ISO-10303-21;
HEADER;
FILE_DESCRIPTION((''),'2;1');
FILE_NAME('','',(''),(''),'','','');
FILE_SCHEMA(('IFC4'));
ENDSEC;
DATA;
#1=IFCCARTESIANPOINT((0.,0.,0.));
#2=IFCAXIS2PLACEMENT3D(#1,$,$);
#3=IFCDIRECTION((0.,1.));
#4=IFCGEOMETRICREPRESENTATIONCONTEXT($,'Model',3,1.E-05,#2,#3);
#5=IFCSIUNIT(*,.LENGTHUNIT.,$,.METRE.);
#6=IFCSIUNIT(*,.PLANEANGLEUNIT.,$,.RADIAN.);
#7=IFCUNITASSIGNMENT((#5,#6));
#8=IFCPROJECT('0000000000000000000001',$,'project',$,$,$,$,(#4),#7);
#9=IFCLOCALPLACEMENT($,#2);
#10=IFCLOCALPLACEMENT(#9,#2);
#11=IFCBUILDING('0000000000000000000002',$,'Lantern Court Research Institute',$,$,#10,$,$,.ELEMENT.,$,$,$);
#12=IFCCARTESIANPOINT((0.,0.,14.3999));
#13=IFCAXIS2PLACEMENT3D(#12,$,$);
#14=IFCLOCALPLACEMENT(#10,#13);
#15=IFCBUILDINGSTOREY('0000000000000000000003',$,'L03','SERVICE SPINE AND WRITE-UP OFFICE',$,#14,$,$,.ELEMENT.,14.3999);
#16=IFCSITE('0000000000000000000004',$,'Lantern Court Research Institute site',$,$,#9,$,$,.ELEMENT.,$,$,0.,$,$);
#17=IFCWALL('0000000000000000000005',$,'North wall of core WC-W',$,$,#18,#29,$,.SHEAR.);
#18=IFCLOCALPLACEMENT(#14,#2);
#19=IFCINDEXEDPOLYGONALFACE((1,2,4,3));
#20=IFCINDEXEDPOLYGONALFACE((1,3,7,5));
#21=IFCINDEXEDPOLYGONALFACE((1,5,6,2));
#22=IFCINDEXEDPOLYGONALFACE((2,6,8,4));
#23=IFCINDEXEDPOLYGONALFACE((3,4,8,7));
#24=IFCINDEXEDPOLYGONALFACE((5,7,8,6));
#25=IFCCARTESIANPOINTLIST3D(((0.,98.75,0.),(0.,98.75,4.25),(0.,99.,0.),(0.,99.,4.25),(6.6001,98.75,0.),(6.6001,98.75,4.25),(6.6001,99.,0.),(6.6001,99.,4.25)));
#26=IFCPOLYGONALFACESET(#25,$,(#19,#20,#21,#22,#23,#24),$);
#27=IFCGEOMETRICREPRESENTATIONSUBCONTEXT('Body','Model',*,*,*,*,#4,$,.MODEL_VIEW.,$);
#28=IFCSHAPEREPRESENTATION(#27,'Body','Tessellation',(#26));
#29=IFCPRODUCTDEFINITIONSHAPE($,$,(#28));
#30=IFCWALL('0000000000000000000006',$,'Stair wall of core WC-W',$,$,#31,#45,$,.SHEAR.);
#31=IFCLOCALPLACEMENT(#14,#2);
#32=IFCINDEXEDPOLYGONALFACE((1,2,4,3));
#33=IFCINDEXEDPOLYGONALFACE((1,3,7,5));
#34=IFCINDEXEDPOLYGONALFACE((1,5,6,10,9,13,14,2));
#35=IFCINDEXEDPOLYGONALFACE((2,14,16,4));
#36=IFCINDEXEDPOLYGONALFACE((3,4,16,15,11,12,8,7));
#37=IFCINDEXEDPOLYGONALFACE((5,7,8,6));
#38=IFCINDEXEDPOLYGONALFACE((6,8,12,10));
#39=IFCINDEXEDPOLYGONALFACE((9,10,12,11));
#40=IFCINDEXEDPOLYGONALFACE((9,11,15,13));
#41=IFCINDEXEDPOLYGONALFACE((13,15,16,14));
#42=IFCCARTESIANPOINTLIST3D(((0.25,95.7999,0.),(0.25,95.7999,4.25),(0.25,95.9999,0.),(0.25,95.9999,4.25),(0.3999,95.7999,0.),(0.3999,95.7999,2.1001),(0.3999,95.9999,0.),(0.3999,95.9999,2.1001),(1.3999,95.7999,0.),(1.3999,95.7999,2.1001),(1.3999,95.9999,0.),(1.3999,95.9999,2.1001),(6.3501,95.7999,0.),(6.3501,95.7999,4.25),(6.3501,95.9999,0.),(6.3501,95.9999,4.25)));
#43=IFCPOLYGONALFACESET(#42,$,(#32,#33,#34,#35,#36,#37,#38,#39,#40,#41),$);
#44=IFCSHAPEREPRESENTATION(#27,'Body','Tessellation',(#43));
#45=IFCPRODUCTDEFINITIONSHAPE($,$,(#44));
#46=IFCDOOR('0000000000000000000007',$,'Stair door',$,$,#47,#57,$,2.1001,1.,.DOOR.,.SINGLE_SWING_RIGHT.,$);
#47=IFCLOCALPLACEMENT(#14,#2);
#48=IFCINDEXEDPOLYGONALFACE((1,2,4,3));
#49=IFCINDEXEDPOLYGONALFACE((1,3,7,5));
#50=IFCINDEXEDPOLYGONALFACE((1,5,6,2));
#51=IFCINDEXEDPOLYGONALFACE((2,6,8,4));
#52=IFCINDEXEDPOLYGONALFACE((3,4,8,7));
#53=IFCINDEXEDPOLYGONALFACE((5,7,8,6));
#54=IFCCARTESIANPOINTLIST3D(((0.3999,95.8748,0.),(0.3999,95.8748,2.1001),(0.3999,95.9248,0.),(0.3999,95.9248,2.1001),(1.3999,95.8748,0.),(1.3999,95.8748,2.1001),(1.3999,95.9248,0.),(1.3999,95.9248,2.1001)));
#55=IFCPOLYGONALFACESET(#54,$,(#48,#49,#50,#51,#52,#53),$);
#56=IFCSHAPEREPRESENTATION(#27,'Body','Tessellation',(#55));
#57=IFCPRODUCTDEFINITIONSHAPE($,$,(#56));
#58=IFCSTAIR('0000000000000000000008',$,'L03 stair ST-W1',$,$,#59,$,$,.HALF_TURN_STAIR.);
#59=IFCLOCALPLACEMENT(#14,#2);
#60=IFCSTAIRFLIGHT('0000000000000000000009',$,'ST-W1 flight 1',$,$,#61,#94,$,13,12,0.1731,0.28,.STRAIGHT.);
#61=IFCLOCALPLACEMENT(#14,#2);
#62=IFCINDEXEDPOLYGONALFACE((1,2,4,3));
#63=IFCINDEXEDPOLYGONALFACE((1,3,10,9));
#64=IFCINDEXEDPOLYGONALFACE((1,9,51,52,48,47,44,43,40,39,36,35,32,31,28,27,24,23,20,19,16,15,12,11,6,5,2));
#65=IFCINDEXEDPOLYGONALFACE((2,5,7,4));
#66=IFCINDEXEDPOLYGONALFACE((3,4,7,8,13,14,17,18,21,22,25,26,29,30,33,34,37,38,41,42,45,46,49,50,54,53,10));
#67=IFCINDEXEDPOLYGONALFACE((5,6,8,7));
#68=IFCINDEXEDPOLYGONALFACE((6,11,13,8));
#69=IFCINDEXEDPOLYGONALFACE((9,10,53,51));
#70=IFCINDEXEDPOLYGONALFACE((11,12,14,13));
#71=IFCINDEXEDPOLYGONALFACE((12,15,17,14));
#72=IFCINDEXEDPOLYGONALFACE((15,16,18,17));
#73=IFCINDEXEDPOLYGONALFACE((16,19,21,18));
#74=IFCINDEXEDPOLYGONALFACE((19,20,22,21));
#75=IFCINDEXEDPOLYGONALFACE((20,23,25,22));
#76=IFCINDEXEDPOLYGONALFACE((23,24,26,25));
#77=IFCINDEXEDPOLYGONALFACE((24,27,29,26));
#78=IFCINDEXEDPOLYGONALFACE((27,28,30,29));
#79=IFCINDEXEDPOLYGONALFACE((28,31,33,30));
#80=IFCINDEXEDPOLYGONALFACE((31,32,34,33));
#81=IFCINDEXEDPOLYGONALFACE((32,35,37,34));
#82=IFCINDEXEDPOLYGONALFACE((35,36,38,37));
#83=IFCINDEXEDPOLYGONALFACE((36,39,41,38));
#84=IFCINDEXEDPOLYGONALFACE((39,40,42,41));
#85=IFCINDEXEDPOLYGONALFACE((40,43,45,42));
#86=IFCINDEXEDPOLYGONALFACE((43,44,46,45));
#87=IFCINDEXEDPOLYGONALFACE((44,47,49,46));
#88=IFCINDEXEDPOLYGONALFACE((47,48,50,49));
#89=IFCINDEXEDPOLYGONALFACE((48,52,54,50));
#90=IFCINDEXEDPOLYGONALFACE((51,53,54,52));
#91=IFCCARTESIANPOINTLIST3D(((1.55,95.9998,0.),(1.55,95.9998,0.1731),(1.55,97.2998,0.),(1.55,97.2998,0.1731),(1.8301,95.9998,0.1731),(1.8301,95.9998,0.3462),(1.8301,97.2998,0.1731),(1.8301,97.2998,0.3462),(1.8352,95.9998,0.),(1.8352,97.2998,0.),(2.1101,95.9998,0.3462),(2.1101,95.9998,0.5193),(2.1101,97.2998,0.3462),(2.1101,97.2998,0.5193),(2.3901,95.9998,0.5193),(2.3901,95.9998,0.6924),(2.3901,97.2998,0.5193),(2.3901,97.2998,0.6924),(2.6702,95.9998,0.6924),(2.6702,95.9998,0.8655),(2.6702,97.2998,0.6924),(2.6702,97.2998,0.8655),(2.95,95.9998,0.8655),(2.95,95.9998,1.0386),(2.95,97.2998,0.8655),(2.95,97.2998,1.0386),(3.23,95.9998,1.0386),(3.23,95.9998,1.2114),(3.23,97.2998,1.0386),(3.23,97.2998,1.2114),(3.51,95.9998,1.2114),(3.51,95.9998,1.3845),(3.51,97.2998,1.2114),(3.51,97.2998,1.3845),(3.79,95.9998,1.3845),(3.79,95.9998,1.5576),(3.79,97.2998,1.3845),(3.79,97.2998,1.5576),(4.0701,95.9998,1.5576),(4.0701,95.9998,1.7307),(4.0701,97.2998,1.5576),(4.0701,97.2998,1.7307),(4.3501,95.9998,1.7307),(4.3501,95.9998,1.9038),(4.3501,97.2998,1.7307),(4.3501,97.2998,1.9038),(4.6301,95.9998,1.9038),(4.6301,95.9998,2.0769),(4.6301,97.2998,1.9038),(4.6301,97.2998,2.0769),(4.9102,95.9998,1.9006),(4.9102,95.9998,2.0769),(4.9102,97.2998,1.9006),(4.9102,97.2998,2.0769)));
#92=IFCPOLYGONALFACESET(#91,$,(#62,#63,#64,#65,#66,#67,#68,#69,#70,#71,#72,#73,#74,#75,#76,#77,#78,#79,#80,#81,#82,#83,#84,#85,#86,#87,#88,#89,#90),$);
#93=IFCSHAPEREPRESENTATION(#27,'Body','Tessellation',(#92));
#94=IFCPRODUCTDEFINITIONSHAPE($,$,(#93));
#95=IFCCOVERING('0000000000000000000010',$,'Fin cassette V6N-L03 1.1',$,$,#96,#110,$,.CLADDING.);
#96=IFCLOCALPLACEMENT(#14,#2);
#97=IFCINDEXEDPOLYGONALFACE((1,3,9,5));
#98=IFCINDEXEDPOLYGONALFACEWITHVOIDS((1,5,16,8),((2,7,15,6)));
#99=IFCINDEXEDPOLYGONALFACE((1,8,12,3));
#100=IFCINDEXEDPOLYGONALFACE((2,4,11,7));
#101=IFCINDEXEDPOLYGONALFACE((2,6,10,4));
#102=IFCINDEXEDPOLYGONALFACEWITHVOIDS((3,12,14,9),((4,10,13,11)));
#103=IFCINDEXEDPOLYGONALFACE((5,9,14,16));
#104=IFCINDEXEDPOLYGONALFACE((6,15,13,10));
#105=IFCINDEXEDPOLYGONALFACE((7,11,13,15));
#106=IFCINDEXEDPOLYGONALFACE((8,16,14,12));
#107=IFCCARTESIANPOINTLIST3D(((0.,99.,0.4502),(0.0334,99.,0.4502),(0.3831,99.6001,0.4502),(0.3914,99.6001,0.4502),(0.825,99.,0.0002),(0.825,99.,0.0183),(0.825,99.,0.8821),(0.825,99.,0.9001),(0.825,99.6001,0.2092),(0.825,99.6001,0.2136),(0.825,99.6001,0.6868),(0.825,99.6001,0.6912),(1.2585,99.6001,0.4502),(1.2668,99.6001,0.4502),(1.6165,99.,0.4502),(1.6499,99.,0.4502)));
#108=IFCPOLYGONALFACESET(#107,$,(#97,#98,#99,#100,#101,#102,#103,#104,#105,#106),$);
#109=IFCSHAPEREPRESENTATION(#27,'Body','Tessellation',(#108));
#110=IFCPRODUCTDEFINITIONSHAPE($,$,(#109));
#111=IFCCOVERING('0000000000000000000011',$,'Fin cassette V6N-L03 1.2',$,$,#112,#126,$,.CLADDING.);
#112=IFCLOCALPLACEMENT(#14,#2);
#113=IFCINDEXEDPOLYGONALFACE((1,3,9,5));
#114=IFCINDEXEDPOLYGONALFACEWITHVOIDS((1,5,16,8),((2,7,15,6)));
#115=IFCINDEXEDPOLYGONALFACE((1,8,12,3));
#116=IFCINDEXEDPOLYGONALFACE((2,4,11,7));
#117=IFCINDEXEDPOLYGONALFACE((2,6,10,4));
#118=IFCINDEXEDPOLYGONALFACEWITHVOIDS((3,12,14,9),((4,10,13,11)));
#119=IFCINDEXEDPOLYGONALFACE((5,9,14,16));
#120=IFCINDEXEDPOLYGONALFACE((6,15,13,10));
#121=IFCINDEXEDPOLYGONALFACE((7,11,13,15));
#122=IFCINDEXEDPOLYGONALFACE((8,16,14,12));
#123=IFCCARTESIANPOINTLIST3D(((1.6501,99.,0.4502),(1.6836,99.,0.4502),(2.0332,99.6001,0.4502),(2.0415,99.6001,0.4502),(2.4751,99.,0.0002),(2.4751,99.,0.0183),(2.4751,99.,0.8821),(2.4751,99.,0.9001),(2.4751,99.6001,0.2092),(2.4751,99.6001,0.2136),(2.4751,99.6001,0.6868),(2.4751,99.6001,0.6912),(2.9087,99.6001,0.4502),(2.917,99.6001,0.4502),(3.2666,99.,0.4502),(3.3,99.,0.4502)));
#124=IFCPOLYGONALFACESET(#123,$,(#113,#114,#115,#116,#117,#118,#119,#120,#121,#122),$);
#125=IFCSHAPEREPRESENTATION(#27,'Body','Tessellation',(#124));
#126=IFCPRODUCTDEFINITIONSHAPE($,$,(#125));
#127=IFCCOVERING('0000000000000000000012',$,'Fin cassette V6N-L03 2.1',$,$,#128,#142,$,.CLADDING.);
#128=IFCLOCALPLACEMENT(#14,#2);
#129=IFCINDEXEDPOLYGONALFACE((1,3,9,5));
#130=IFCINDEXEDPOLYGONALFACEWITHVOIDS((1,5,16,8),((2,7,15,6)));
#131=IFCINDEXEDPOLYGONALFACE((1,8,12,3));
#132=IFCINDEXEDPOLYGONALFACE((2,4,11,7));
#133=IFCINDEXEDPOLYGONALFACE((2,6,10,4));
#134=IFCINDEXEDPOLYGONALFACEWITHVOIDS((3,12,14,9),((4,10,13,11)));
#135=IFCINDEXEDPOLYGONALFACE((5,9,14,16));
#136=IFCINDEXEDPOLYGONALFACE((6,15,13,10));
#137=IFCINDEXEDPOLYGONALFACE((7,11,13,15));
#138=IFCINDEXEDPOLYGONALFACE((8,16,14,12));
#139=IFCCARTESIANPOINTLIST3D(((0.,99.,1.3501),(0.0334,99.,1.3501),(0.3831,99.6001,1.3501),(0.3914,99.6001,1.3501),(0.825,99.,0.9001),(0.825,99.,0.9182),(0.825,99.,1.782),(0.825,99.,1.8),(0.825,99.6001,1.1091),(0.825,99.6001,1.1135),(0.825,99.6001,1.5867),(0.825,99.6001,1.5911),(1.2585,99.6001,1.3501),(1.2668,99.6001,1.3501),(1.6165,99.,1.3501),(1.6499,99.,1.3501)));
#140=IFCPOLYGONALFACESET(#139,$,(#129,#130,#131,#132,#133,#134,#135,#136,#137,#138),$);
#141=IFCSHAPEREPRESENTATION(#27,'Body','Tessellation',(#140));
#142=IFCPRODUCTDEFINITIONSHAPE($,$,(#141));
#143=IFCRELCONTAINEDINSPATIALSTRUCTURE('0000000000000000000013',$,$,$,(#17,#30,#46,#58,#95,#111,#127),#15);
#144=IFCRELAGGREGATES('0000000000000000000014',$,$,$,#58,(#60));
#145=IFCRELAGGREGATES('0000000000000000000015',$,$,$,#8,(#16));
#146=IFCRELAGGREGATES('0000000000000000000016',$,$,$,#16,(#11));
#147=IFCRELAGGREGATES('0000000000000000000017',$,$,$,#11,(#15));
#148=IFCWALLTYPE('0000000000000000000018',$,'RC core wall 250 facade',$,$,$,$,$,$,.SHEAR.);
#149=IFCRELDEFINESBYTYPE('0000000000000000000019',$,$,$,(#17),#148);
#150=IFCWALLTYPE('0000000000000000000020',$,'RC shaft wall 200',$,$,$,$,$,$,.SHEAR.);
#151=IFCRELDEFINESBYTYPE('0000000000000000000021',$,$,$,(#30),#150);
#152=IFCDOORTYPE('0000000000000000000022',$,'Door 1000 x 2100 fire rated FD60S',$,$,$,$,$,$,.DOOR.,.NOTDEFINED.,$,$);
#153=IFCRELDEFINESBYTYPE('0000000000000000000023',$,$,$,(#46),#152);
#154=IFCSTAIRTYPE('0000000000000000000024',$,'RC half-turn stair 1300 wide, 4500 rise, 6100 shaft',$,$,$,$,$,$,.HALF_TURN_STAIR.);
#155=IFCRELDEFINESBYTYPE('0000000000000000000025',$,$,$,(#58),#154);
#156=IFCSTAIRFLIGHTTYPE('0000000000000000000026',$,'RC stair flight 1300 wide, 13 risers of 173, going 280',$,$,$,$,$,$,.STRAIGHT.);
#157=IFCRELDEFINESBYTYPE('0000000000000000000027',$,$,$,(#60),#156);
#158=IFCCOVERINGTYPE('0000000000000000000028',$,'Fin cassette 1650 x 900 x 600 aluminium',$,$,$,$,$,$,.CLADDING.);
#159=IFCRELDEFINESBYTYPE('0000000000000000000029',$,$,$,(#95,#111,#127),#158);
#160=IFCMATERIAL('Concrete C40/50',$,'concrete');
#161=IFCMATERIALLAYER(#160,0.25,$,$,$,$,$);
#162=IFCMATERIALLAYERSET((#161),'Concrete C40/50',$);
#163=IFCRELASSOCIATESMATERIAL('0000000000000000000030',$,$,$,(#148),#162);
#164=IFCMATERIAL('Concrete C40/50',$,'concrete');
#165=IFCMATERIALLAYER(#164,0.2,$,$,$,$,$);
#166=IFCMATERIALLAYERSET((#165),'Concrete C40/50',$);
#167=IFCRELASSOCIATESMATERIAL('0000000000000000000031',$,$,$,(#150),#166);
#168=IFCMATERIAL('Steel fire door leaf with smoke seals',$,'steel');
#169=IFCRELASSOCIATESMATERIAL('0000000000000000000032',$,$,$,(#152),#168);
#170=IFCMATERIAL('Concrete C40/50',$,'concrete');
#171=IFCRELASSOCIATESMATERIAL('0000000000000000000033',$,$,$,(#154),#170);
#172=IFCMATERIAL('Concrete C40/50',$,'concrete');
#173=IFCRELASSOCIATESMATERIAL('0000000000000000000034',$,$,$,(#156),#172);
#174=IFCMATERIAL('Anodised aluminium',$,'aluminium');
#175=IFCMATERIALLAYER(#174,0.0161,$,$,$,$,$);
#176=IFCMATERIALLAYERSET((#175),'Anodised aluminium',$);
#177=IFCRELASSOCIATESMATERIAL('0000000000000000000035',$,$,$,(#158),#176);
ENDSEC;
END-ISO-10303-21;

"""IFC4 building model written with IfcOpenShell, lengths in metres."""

from ifc_helpers import new_model, entity, si_unit, direction, frame, frame_2d, origin, place, context, subcontext, project, spatial, polyline, rectangle, outline, extrude, material, layer, layer_set, type_object, element, fill, aggregate, save


model = new_model("IFC4")

# Units and contexts
model_context = context("Model", 3, precision=1e-05, world=origin(), true_north=direction((0.0, 1.0)))
body_context = subcontext(model_context, "Body", "Model", "MODEL_VIEW")
ifc_project = project(units=[si_unit("LENGTHUNIT", "METRE"), si_unit("PLANEANGLEUNIT", "RADIAN")], contexts=[model_context])

# Site, building, storey
site_placement = place(None, origin())
site = spatial("IfcSite", under=ifc_project, at=site_placement, Name="Lantern Court Research Institute site", CompositionType="ELEMENT", RefElevation=0.0)
building_placement = place(site_placement, origin())
building = spatial("IfcBuilding", under=site, at=building_placement, Name="Lantern Court Research Institute", CompositionType="ELEMENT")
storey_placement = place(building_placement, frame((0.0, 0.0, 14.3999)))
storey = spatial("IfcBuildingStorey", under=building, at=storey_placement, Name="L03", Description="SERVICE SPINE AND WRITE-UP OFFICE", CompositionType="ELEMENT", Elevation=14.3999)

# Wall
ifc_material_1 = material(Name="Concrete C40/50", Category="concrete")
ifc_layer_1 = layer(ifc_material_1, 0.25)
ifc_layer_set_1 = layer_set([ifc_layer_1], Name="Concrete C40/50")
wall_type_1 = type_object("IfcWallType", Name="RC core wall 250 facade", PredefinedType="SHEAR", material=ifc_layer_set_1)
wall_1_placement = place(storey_placement, frame((0.0, 98.875, 0.0), z_axis=(0.0, 0.0, 1.0), x_axis=(1.0, 0.0, 0.0)))
element("IfcWall", 1, at=wall_1_placement, inside=storey, type_object=wall_type_1, Name="North wall of core WC-W", PredefinedType="SHEAR", context=body_context, shape_type="SweptSolid", body=[
    extrude(rectangle(XDim=6.6001, YDim=0.25, at=frame_2d((3.3, 0.0))), origin(), (0.0, 0.0, 1.0), 4.25),
])

# Wall, opening, door
ifc_material_2 = material(Name="Concrete C40/50", Category="concrete")
ifc_layer_2 = layer(ifc_material_2, 0.2)
ifc_layer_set_2 = layer_set([ifc_layer_2], Name="Concrete C40/50")
wall_type_2 = type_object("IfcWallType", Name="RC shaft wall 200", PredefinedType="SHEAR", material=ifc_layer_set_2)
wall_2_placement = place(storey_placement, frame((0.25, 95.8999, 0.0), z_axis=(0.0, 0.0, 1.0), x_axis=(1.0, 0.0, 0.0)))
wall_2 = element("IfcWall", 2, at=wall_2_placement, inside=storey, type_object=wall_type_2, Name="Stair wall of core WC-W", PredefinedType="SHEAR", context=body_context, shape_type="SweptSolid", body=[
    extrude(rectangle(XDim=6.1001, YDim=0.2, at=frame_2d((3.05, 0.0))), origin(), (0.0, 0.0, 1.0), 4.25),
])
opening_placement = place(wall_2_placement, frame((0.1499, 0.0, 0.0)))
opening = element("IfcOpeningElement", 3, at=opening_placement, cuts=wall_2, PredefinedType="OPENING", context=body_context, shape_type="SweptSolid", body=[
    extrude(rectangle(XDim=1.0, YDim=2.1001, at=frame_2d((0.5, 1.05))), frame((0.0, 0.1099, 0.0), z_axis=(0.0, -1.0, 0.0), x_axis=(1.0, 0.0, 0.0)), (0.0, 0.0, 1.0), 0.22),
])
ifc_material_3 = material(Name="Steel fire door leaf with smoke seals", Category="steel")
door_type = type_object("IfcDoorType", Name="Door 1000 x 2100 fire rated FD60S", OperationType="NOTDEFINED", PredefinedType="DOOR", material=ifc_material_3)
door_placement = place(opening_placement, origin())
door = element("IfcDoor", 4, at=door_placement, inside=storey, type_object=door_type, Name="Stair door", OperationType="SINGLE_SWING_RIGHT", OverallHeight=2.1001, OverallWidth=1.0, PredefinedType="DOOR", context=body_context, shape_type="SweptSolid", body=[
    extrude(rectangle(XDim=1.0, YDim=2.1001, at=frame_2d((0.5, 1.05))), frame((0.0, 0.0249, 0.0), z_axis=(0.0, -1.0, 0.0), x_axis=(1.0, 0.0, 0.0)), (0.0, 0.0, 1.0), 0.05),
])
fill(opening, door)

# Stair, stair flight
ifc_material_4 = material(Name="Concrete C40/50", Category="concrete")
stair_type = type_object("IfcStairType", Name="RC half-turn stair 1300 wide, 4500 rise, 6100 shaft", PredefinedType="HALF_TURN_STAIR", material=ifc_material_4)
stair_placement = place(storey_placement, origin())
stair = element("IfcStair", 5, at=stair_placement, inside=storey, type_object=stair_type, Name="L03 stair ST-W1", PredefinedType="HALF_TURN_STAIR")
ifc_material_5 = material(Name="Concrete C40/50", Category="concrete")
stair_flight_type = type_object("IfcStairFlightType", Name="RC stair flight 1300 wide, 13 risers of 173, going 280", PredefinedType="STRAIGHT", material=ifc_material_5)
stair_flight_placement = place(storey_placement, frame((1.55, 96.6499, 0.0), z_axis=(0.0, 0.0, 1.0), x_axis=(1.0, 0.0, 0.0)))
stair_flight = element("IfcStairFlight", 6, at=stair_flight_placement, type_object=stair_flight_type, Name="ST-W1 flight 1", NumberOfRisers=13, NumberOfTreads=12, PredefinedType="STRAIGHT", RiserHeight=0.1731, TreadLength=0.28, context=body_context, shape_type="SweptSolid", body=[
    extrude(outline(polyline([(0.0, 0.0), (0.0, 0.1731), (0.28, 0.1731), (0.28, 0.3462), (0.5601, 0.3462), (0.5601, 0.5193), (0.8401, 0.5193), (0.8401, 0.6924), (1.1201, 0.6924), (1.1201, 0.8655), (1.3999, 0.8655), (1.3999, 1.0386), (1.6799, 1.0386), (1.6799, 1.2114), (1.96, 1.2114), (1.96, 1.3845), (2.24, 1.3845), (2.24, 1.5576), (2.52, 1.5576), (2.52, 1.7307), (2.8, 1.7307), (2.8, 1.9038), (3.0801, 1.9038), (3.0801, 2.0769), (3.3601, 2.0769), (3.3601, 2.25), (3.3601, 1.9006), (0.2852, 0.0), (0.0, 0.0)])), frame((0.0, 0.6499, 0.0), z_axis=(0.0, -1.0, 0.0), x_axis=(1.0, 0.0, 0.0)), (0.0, 0.0, 1.0), 1.3),
])
aggregate(stair, [stair_flight])

# Coverings
ifc_material_6 = material(Name="Anodised aluminium", Category="aluminium")
ifc_layer_3 = layer(ifc_material_6, 0.0161)
ifc_layer_set_3 = layer_set([ifc_layer_3], Name="Anodised aluminium")
covering_type = type_object("IfcCoveringType", Name="Fin cassette 1650 x 900 x 600 aluminium", PredefinedType="CLADDING", material=ifc_layer_set_3)
covering_1_placement = place(storey_placement, frame((0.825, 99.0, 0.4502), z_axis=(0.0, 1.0, 0.0), x_axis=(-1.0, 0.0, 0.0)))
cartesian_point_1 = entity("IfcCartesianPoint", [0.825, 0.0])
cartesian_point_2 = entity("IfcCartesianPoint", [0.7915, 0.0])
cartesian_point_3 = entity("IfcCartesianPoint", [0.4419, 0.0])
cartesian_point_4 = entity("IfcCartesianPoint", [0.4336, 0.0])
element("IfcCovering", 7, at=covering_1_placement, inside=storey, type_object=covering_type, Name="Fin cassette V6N-L03 1.1", PredefinedType="CLADDING", context=body_context, shape_type="SweptSolid", body=[
    entity("IfcExtrudedAreaSolidTapered", entity("IfcArbitraryProfileDefWithVoids", "AREA", None, entity("IfcPolyline", [cartesian_point_1, entity("IfcCartesianPoint", [0.0, 0.45]), entity("IfcCartesianPoint", [-0.825, 0.0]), entity("IfcCartesianPoint", [0.0, -0.45]), cartesian_point_1]), [entity("IfcPolyline", [cartesian_point_2, entity("IfcCartesianPoint", [0.0, 0.4319]), entity("IfcCartesianPoint", [-0.7915, 0.0]), entity("IfcCartesianPoint", [0.0, -0.4319]), cartesian_point_2])]), entity("IfcAxis2Placement3D", entity("IfcCartesianPoint", [0.0, 0.0, 0.0])), entity("IfcDirection", [0.0, 0.0, 1.0]), 0.6001, entity("IfcArbitraryProfileDefWithVoids", "AREA", None, entity("IfcPolyline", [cartesian_point_3, entity("IfcCartesianPoint", [0.0, 0.241]), entity("IfcCartesianPoint", [-0.4419, 0.0]), entity("IfcCartesianPoint", [0.0, -0.241]), cartesian_point_3]), [entity("IfcPolyline", [cartesian_point_4, entity("IfcCartesianPoint", [0.0, 0.2366]), entity("IfcCartesianPoint", [-0.4336, 0.0]), entity("IfcCartesianPoint", [0.0, -0.2366]), cartesian_point_4])])),
])
covering_2_placement = place(storey_placement, frame((2.4751, 99.0, 0.4502), z_axis=(0.0, 1.0, 0.0), x_axis=(-1.0, 0.0, 0.0)))
cartesian_point_5 = entity("IfcCartesianPoint", [0.825, 0.0])
cartesian_point_6 = entity("IfcCartesianPoint", [0.7915, 0.0])
cartesian_point_7 = entity("IfcCartesianPoint", [0.4419, 0.0])
cartesian_point_8 = entity("IfcCartesianPoint", [0.4336, 0.0])
element("IfcCovering", 8, at=covering_2_placement, inside=storey, type_object=covering_type, Name="Fin cassette V6N-L03 1.2", PredefinedType="CLADDING", context=body_context, shape_type="SweptSolid", body=[
    entity("IfcExtrudedAreaSolidTapered", entity("IfcArbitraryProfileDefWithVoids", "AREA", None, entity("IfcPolyline", [cartesian_point_5, entity("IfcCartesianPoint", [0.0, 0.45]), entity("IfcCartesianPoint", [-0.825, 0.0]), entity("IfcCartesianPoint", [0.0, -0.45]), cartesian_point_5]), [entity("IfcPolyline", [cartesian_point_6, entity("IfcCartesianPoint", [0.0, 0.4319]), entity("IfcCartesianPoint", [-0.7915, 0.0]), entity("IfcCartesianPoint", [0.0, -0.4319]), cartesian_point_6])]), entity("IfcAxis2Placement3D", entity("IfcCartesianPoint", [0.0, 0.0, 0.0])), entity("IfcDirection", [0.0, 0.0, 1.0]), 0.6001, entity("IfcArbitraryProfileDefWithVoids", "AREA", None, entity("IfcPolyline", [cartesian_point_7, entity("IfcCartesianPoint", [0.0, 0.241]), entity("IfcCartesianPoint", [-0.4419, 0.0]), entity("IfcCartesianPoint", [0.0, -0.241]), cartesian_point_7]), [entity("IfcPolyline", [cartesian_point_8, entity("IfcCartesianPoint", [0.0, 0.2366]), entity("IfcCartesianPoint", [-0.4336, 0.0]), entity("IfcCartesianPoint", [0.0, -0.2366]), cartesian_point_8])])),
])
covering_3_placement = place(storey_placement, frame((0.825, 99.0, 1.3501), z_axis=(0.0, 1.0, 0.0), x_axis=(-1.0, 0.0, 0.0)))
cartesian_point_9 = entity("IfcCartesianPoint", [0.825, 0.0])
cartesian_point_10 = entity("IfcCartesianPoint", [0.7915, 0.0])
cartesian_point_11 = entity("IfcCartesianPoint", [0.4419, 0.0])
cartesian_point_12 = entity("IfcCartesianPoint", [0.4336, 0.0])
element("IfcCovering", 9, at=covering_3_placement, inside=storey, type_object=covering_type, Name="Fin cassette V6N-L03 2.1", PredefinedType="CLADDING", context=body_context, shape_type="SweptSolid", body=[
    entity("IfcExtrudedAreaSolidTapered", entity("IfcArbitraryProfileDefWithVoids", "AREA", None, entity("IfcPolyline", [cartesian_point_9, entity("IfcCartesianPoint", [0.0, 0.45]), entity("IfcCartesianPoint", [-0.825, 0.0]), entity("IfcCartesianPoint", [0.0, -0.45]), cartesian_point_9]), [entity("IfcPolyline", [cartesian_point_10, entity("IfcCartesianPoint", [0.0, 0.4319]), entity("IfcCartesianPoint", [-0.7915, 0.0]), entity("IfcCartesianPoint", [0.0, -0.4319]), cartesian_point_10])]), entity("IfcAxis2Placement3D", entity("IfcCartesianPoint", [0.0, 0.0, 0.0])), entity("IfcDirection", [0.0, 0.0, 1.0]), 0.6001, entity("IfcArbitraryProfileDefWithVoids", "AREA", None, entity("IfcPolyline", [cartesian_point_11, entity("IfcCartesianPoint", [0.0, 0.241]), entity("IfcCartesianPoint", [-0.4419, 0.0]), entity("IfcCartesianPoint", [0.0, -0.241]), cartesian_point_11]), [entity("IfcPolyline", [cartesian_point_12, entity("IfcCartesianPoint", [0.0, 0.2366]), entity("IfcCartesianPoint", [-0.4336, 0.0]), entity("IfcCartesianPoint", [0.0, -0.2366]), cartesian_point_12])])),
])

save(model, "model.ifc")
